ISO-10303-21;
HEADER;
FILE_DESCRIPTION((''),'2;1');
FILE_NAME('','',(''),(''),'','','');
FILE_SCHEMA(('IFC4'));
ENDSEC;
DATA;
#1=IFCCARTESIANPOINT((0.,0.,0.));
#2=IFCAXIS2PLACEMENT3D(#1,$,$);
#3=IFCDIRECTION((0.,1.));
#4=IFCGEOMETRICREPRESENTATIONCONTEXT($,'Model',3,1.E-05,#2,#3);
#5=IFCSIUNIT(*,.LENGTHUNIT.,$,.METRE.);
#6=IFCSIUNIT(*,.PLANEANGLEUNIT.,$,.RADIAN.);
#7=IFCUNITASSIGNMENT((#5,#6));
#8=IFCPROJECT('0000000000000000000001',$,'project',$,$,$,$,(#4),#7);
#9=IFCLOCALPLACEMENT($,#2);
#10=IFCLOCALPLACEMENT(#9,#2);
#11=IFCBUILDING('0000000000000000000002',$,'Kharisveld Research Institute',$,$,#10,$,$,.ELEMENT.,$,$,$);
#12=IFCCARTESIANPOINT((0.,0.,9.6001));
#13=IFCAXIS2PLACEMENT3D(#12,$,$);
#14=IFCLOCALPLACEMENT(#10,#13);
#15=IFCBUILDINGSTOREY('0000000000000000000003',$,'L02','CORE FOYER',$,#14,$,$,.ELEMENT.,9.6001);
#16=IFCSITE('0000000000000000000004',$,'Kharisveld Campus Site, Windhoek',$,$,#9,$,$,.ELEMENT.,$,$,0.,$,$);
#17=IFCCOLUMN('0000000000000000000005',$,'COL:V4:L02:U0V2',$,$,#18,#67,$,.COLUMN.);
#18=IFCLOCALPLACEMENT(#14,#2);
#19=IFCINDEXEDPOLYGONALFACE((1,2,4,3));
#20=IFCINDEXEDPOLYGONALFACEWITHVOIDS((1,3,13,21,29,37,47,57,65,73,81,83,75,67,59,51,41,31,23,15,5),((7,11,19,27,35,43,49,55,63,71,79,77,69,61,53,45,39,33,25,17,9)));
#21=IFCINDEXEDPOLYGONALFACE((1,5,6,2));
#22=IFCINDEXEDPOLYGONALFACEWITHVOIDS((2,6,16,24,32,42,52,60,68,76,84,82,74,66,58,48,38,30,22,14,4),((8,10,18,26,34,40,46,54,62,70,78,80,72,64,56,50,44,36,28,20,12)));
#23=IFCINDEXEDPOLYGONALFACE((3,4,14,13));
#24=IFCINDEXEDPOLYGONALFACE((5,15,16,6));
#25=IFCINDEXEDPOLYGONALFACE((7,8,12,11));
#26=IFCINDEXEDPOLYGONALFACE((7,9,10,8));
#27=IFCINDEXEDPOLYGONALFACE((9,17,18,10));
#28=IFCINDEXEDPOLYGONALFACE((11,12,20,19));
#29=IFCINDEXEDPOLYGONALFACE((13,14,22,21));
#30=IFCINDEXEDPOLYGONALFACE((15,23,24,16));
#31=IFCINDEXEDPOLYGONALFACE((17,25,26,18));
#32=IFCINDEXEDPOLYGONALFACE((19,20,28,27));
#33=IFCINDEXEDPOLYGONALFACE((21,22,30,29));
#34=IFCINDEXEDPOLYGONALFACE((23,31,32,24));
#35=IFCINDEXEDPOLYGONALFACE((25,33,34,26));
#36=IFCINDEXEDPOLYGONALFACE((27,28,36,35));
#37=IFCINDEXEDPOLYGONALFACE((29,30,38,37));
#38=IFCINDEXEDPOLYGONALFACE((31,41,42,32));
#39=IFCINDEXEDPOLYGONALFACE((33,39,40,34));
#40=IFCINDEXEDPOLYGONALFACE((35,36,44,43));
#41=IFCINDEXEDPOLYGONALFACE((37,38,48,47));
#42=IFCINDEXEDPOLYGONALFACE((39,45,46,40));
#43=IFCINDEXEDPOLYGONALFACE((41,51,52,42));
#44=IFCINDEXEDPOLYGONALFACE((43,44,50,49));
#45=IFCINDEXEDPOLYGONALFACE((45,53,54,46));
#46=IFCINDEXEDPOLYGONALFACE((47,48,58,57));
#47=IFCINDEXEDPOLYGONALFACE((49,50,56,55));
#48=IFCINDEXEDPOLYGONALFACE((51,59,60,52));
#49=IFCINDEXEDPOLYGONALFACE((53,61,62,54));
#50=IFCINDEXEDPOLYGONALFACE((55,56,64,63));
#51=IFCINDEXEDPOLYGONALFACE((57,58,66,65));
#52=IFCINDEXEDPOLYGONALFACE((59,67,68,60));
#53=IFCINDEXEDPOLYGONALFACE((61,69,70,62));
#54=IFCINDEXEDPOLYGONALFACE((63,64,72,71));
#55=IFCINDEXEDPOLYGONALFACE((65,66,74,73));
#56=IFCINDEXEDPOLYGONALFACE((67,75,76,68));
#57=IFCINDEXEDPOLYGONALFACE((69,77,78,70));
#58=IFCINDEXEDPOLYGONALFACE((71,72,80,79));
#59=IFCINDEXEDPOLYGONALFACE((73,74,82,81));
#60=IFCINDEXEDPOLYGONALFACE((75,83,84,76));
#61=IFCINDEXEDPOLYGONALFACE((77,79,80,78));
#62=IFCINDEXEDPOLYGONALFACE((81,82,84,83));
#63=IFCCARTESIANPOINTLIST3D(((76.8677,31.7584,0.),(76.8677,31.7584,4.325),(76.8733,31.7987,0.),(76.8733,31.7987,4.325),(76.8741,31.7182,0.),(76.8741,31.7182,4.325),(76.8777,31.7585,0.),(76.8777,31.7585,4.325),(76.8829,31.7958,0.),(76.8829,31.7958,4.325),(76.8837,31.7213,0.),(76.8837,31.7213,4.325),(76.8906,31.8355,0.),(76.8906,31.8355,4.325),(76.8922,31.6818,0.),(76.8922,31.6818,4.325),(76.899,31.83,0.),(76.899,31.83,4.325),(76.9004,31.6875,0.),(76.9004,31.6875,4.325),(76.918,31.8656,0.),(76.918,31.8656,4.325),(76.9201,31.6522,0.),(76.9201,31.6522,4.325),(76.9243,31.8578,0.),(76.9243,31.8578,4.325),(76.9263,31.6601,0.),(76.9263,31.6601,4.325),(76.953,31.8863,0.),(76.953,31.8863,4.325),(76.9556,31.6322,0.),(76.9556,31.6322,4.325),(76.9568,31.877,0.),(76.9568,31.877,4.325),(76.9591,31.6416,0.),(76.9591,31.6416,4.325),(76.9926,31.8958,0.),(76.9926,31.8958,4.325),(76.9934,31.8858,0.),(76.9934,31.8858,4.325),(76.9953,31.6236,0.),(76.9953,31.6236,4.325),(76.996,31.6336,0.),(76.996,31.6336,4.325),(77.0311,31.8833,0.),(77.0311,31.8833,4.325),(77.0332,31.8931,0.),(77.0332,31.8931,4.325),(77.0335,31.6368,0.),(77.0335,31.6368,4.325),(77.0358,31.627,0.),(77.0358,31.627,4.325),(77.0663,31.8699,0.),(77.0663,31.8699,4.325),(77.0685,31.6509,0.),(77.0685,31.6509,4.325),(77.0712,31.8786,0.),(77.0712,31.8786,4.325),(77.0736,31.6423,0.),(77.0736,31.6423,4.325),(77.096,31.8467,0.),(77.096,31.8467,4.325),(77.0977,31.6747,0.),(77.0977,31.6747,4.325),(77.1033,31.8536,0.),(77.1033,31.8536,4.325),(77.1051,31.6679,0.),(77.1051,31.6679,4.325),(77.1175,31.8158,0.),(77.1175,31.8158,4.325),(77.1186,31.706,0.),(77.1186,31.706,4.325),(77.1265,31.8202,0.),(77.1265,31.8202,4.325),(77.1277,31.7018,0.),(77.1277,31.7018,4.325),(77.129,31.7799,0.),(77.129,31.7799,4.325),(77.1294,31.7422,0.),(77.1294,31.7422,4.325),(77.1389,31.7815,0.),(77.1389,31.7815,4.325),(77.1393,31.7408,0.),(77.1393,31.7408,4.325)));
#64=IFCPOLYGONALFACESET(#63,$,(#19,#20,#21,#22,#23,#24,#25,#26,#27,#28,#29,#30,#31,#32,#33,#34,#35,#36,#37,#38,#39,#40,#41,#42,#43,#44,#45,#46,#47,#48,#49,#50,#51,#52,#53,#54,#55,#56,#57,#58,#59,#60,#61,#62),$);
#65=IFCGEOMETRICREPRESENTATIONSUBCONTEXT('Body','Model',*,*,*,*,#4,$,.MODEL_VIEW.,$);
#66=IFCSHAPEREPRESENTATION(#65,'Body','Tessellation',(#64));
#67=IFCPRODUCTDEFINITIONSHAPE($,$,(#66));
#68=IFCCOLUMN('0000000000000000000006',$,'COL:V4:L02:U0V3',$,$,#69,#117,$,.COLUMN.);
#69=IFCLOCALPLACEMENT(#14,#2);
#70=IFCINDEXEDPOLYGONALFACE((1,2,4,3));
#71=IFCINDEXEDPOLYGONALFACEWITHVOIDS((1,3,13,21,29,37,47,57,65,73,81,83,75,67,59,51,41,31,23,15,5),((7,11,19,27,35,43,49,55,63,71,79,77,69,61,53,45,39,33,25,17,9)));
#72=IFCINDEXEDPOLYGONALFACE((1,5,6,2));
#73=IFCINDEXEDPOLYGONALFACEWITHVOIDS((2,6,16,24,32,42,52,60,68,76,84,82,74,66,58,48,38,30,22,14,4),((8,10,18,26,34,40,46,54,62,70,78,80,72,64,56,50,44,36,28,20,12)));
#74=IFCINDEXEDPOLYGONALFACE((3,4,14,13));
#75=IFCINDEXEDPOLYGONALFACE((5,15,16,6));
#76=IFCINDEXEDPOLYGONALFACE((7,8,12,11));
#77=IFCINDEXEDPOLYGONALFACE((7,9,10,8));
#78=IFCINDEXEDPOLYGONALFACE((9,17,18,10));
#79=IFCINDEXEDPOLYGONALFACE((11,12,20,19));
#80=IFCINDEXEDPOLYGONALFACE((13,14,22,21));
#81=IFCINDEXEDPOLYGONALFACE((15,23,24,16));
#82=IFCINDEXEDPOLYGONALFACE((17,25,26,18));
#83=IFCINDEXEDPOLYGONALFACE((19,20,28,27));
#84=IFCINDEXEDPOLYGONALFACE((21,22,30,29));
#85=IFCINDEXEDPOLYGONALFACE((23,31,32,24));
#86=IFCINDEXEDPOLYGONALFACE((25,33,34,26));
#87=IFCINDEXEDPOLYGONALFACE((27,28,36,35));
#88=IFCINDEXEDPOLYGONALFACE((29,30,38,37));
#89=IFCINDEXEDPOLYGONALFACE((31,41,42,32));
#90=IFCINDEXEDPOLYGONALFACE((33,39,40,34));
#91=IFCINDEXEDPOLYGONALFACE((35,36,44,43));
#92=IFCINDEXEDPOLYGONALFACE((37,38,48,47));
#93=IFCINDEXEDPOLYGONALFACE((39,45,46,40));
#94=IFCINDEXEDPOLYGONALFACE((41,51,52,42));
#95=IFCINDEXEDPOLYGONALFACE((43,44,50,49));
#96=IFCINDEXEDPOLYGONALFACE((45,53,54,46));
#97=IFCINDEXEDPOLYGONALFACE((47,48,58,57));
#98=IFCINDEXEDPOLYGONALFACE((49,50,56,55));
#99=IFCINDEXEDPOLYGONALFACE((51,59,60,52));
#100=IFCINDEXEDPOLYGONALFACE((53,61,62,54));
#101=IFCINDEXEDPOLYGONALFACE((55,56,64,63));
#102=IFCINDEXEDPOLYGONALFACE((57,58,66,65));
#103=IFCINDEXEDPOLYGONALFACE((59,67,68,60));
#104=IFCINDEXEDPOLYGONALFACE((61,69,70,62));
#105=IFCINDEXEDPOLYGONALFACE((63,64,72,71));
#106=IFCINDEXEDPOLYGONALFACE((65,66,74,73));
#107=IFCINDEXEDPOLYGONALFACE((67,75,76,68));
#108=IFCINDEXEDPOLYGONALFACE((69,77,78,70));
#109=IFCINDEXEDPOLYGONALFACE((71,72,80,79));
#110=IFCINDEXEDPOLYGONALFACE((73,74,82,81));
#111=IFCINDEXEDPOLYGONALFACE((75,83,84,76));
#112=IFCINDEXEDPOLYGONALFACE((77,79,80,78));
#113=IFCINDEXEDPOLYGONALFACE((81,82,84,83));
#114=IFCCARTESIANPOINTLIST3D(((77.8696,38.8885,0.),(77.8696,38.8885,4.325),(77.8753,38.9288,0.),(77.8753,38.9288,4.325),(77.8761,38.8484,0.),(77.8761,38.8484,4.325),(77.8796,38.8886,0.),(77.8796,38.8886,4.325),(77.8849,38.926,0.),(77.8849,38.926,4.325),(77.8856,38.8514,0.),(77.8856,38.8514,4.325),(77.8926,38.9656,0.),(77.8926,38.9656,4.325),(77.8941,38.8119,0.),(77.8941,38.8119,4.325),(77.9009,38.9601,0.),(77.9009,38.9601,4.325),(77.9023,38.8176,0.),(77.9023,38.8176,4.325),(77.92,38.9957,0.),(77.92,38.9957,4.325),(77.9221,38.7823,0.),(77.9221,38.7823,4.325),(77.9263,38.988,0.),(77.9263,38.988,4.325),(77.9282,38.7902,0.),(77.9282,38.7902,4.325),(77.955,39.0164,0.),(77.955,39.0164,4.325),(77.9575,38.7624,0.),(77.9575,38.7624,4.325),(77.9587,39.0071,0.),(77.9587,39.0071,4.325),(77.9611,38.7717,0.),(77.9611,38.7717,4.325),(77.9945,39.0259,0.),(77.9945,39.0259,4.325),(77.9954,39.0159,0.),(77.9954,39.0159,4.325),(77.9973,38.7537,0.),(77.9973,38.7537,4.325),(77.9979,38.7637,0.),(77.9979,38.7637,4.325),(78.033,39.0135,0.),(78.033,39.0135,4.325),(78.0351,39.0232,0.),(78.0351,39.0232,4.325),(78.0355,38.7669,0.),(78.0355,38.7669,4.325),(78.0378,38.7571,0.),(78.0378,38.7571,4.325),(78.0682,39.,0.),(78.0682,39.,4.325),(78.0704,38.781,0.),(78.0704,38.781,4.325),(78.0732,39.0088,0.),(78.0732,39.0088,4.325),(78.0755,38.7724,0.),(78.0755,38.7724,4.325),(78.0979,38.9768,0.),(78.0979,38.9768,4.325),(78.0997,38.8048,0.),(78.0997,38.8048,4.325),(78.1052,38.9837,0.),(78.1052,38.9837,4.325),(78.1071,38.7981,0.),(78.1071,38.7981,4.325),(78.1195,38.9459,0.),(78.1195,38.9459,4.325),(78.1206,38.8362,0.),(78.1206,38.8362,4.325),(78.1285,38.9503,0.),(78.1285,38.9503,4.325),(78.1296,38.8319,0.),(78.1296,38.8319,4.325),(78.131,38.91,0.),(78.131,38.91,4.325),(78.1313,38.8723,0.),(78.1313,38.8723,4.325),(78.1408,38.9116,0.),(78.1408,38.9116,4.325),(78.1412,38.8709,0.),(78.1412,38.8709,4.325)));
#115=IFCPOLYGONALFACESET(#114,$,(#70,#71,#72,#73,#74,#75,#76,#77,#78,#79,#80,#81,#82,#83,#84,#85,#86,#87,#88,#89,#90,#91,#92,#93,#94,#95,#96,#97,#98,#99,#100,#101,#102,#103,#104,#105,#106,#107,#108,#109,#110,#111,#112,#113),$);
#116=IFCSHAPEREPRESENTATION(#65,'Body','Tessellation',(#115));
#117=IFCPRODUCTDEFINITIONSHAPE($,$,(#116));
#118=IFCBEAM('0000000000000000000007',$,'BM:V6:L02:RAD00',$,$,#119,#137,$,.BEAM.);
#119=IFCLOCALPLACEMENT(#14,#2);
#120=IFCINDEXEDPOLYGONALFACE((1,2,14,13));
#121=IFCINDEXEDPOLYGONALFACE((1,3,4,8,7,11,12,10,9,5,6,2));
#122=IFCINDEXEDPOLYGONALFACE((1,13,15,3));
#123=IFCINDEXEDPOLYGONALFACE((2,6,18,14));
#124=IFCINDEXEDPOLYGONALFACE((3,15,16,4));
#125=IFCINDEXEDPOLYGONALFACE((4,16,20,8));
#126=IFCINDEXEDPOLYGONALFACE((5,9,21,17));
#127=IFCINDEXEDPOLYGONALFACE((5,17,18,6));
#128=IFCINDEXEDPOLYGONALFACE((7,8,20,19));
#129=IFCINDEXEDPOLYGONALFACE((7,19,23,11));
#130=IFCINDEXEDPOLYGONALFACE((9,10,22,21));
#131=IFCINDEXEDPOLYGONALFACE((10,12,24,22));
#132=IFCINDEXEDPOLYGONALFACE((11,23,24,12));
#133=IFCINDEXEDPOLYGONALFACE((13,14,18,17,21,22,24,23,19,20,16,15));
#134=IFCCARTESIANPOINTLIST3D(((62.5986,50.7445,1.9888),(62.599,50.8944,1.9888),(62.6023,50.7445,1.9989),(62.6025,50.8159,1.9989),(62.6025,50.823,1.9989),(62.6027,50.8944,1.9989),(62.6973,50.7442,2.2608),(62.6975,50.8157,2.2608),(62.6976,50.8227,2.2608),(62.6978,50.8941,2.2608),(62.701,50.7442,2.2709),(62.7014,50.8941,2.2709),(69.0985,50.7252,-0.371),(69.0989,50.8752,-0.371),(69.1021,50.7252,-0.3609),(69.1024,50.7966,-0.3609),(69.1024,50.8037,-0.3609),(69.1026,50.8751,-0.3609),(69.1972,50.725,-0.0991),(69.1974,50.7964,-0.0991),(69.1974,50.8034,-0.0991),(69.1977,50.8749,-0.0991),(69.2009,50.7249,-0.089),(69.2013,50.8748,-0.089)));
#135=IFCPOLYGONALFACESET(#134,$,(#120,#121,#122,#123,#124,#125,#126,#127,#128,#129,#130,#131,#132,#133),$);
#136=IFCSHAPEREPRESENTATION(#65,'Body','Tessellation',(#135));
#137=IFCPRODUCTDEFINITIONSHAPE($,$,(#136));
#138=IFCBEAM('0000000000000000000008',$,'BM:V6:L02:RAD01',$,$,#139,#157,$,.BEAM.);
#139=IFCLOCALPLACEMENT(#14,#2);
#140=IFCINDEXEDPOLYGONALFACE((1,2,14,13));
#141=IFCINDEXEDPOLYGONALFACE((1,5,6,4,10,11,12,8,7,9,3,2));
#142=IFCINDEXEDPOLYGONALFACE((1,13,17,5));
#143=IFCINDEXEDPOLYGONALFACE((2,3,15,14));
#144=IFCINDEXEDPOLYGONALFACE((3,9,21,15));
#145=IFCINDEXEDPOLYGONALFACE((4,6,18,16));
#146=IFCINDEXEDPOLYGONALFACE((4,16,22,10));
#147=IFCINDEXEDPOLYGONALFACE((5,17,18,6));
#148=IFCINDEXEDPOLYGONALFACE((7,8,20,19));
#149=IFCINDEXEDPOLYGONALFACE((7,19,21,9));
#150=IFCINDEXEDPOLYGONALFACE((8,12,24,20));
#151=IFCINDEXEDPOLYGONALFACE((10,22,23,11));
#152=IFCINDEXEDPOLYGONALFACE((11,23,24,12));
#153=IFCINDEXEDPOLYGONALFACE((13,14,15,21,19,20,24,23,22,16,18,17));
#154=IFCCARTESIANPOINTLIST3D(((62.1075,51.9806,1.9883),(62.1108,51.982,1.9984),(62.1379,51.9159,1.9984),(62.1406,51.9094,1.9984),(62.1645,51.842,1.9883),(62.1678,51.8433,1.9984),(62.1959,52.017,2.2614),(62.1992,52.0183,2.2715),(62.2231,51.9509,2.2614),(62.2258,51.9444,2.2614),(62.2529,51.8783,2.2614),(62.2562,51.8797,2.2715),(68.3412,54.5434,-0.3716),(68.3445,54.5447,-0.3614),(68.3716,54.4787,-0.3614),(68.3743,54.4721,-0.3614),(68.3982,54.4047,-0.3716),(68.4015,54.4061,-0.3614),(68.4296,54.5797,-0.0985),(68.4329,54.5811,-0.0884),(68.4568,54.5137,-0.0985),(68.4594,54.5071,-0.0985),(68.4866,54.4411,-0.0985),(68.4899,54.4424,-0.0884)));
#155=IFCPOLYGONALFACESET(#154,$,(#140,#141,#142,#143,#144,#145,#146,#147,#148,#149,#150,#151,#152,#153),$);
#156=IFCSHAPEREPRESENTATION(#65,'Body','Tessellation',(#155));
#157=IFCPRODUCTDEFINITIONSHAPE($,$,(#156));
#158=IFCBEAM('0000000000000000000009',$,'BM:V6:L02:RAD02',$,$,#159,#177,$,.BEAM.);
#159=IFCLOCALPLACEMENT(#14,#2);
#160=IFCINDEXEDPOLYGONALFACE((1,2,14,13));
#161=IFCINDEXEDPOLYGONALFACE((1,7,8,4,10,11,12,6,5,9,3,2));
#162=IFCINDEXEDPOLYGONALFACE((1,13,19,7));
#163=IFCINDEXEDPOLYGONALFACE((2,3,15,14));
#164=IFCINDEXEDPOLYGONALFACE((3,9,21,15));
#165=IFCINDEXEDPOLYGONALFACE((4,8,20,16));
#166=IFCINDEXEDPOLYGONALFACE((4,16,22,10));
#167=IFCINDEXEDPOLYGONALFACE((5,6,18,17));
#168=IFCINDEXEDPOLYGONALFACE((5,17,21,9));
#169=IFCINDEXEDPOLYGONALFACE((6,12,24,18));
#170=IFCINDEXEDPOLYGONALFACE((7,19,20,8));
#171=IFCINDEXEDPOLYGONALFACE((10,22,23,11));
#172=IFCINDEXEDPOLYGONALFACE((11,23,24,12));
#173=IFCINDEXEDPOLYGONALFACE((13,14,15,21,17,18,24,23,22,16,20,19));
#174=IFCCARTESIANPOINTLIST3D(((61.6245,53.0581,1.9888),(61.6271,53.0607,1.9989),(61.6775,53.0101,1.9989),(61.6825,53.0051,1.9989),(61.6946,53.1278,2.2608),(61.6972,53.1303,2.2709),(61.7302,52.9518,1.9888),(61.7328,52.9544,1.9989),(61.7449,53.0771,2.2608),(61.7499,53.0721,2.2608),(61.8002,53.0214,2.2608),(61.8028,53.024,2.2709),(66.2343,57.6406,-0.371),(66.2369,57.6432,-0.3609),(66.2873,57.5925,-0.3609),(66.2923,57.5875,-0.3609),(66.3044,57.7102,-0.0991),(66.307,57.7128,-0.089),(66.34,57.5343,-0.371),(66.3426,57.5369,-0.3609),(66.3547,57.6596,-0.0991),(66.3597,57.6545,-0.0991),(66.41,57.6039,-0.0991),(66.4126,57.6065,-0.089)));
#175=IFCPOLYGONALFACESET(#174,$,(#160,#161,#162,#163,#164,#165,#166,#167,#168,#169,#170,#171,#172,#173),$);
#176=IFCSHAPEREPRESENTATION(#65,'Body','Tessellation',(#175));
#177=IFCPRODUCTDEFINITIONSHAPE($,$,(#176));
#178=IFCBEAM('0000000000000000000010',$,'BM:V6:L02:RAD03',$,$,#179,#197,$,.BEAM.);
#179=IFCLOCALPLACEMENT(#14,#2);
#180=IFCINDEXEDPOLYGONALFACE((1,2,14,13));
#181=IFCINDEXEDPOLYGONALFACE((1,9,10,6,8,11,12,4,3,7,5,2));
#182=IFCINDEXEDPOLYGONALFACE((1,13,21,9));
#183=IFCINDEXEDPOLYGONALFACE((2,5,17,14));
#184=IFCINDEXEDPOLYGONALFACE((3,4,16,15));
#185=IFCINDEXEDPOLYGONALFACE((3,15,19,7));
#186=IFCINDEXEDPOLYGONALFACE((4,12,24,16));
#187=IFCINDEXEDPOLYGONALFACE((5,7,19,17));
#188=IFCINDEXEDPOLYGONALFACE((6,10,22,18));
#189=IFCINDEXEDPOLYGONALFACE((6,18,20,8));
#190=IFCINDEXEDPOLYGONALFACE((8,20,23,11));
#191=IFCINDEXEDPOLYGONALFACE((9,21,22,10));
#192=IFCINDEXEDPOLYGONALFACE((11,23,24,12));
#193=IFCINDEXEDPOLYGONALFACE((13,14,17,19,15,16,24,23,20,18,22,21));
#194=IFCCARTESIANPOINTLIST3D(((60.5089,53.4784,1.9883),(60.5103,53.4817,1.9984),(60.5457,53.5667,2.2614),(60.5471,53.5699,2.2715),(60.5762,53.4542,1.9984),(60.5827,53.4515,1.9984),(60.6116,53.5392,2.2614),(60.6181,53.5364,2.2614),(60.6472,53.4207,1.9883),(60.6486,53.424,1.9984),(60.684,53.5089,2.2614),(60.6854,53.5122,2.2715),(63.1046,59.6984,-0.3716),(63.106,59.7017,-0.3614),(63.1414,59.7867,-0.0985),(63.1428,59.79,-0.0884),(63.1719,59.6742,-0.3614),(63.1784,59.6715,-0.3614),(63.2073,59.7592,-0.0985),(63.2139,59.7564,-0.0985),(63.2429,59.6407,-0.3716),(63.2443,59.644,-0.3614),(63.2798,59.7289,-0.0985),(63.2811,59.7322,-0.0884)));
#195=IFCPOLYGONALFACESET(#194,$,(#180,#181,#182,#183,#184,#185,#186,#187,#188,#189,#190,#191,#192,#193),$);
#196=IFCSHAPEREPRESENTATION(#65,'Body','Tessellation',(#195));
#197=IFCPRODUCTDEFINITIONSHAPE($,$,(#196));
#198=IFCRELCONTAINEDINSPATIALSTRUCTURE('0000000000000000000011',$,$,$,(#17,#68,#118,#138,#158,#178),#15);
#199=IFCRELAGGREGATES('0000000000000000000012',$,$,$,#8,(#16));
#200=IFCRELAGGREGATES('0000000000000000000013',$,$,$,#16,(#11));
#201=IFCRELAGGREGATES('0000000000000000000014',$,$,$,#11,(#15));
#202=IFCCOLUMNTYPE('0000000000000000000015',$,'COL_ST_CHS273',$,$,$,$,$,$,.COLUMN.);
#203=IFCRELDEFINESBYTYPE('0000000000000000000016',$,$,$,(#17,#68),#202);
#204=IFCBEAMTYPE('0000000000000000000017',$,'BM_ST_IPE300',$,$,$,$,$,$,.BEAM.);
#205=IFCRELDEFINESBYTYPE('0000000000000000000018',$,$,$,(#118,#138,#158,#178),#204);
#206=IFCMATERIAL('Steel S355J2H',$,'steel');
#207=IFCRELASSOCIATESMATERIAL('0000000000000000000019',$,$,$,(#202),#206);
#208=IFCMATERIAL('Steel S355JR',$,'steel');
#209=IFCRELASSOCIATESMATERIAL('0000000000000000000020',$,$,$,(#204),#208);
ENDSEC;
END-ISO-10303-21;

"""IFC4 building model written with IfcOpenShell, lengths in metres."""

from ifc_helpers import new_model, si_unit, direction, frame, origin, origin_2d, place, context, subcontext, project, spatial, hollow_circle, i_section, extrude, material, material_profile, profile_set, type_object, element, save


model = new_model("IFC4")

# Units and contexts
model_context = context("Model", 3, precision=1e-05, world=origin(), true_north=direction((0.0, 1.0)))
body_context = subcontext(model_context, "Body", "Model", "MODEL_VIEW")
ifc_project = project(units=[si_unit("LENGTHUNIT", "METRE"), si_unit("PLANEANGLEUNIT", "RADIAN")], contexts=[model_context])

# Site, building, storey
site_placement = place(None, origin())
site = spatial("IfcSite", under=ifc_project, at=site_placement, Name="Kharisveld Campus Site, Windhoek", CompositionType="ELEMENT", RefElevation=0.0)
building_placement = place(site_placement, origin())
building = spatial("IfcBuilding", under=site, at=building_placement, Name="Kharisveld Research Institute", CompositionType="ELEMENT")
storey_placement = place(building_placement, frame((0.0, 0.0, 9.6001)))
storey = spatial("IfcBuildingStorey", under=building, at=storey_placement, Name="L02", Description="CORE FOYER", CompositionType="ELEMENT", Elevation=9.6001)

# Columns
ifc_material_1 = material(Name="Steel S355J2H", Category="steel")
ifc_material_profile_1 = material_profile(ifc_material_1, hollow_circle(Radius=0.1365, WallThickness=0.01, at=origin_2d()))
ifc_profile_set_1 = profile_set([ifc_material_profile_1], Name="Steel S355J2H")
column_type = type_object("IfcColumnType", Name="COL_ST_CHS273", PredefinedType="COLUMN", material=ifc_profile_set_1)
for number, where, z_axis, x_axis, name in (
    (1, (77.0042, 31.7598, 0.0), (0.0, 0.0, 1.0), (0.990268, -0.139173, 0.0), "COL:V4:L02:U0V2"),
    (2, (78.0061, 38.8899, 0.0), (0.0, 0.0, 1.0), (0.990268, -0.139173, 0.0), "COL:V4:L02:U0V3"),
):
    element("IfcColumn", number, at=place(storey_placement, frame(where, z_axis=z_axis, x_axis=x_axis)), inside=storey, type_object=column_type, Name=name, PredefinedType="COLUMN", context=body_context, shape_type="SweptSolid", body=[
        extrude(hollow_circle(Radius=0.1365, WallThickness=0.01, at=origin_2d()), origin(), (0.0, 0.0, 1.0), 4.325),
    ])

# Beams
ifc_material_2 = material(Name="Steel S355JR", Category="steel")
ifc_material_profile_2 = material_profile(ifc_material_2, i_section(OverallWidth=0.1499, OverallDepth=0.3, WebThickness=0.0071, FlangeThickness=0.0107, at=origin_2d()))
ifc_profile_set_2 = profile_set([ifc_material_profile_2], Name="Steel S355JR")
beam_type_1 = type_object("IfcBeamType", Name="BM_ST_IPE300", PredefinedType="BEAM", material=ifc_profile_set_2)
beam_1_placement = place(storey_placement, frame((69.1499, 50.8, -0.23), z_axis=(-0.939965, 0.002789, 0.34126), x_axis=(-0.002967, -0.999996, 0.0)))
element("IfcBeam", 3, at=beam_1_placement, inside=storey, type_object=beam_type_1, Name="BM:V6:L02:RAD00", PredefinedType="BEAM", context=body_context, shape_type="SweptSolid", body=[
    extrude(i_section(OverallWidth=0.1499, OverallDepth=0.3, WebThickness=0.0071, FlangeThickness=0.0107, at=origin_2d()), origin(), (0.0, 0.0, 1.0), 6.915),
])
beam_2_placement = place(storey_placement, frame((68.4155, 54.4929, -0.23), z_axis=(-0.872928, -0.358874, 0.330463), x_axis=(0.380236, -0.92489, 0.0)))
element("IfcBeam", 4, at=beam_2_placement, inside=storey, type_object=beam_type_1, Name="BM:V6:L02:RAD01", PredefinedType="BEAM", context=body_context, shape_type="SweptSolid", body=[
    extrude(i_section(OverallWidth=0.1499, OverallDepth=0.3, WebThickness=0.0071, FlangeThickness=0.0107, at=origin_2d()), origin(), (0.0, 0.0, 1.0), 7.1411),
])
beam_3_placement = place(storey_placement, frame((66.3235, 57.6235, -0.23), z_axis=(-0.666633, -0.662678, 0.34126), x_axis=(0.705, -0.709207, 0.0)))
element("IfcBeam", 5, at=beam_3_placement, inside=storey, type_object=beam_type_1, Name="BM:V6:L02:RAD02", PredefinedType="BEAM", context=body_context, shape_type="SweptSolid", body=[
    extrude(i_section(OverallWidth=0.1499, OverallDepth=0.3, WebThickness=0.0071, FlangeThickness=0.0107, at=origin_2d()), origin(), (0.0, 0.0, 1.0), 6.915),
])
for number, where, z_axis, x_axis, name in (
    (6, (63.1929, 59.7153, -0.23), (-0.36349, -0.871016, 0.330464), (0.922864, -0.385127, 0.0), "BM:V6:L02:RAD03"),
):
    element("IfcBeam", number, at=place(storey_placement, frame(where, z_axis=z_axis, x_axis=x_axis)), inside=storey, type_object=beam_type_1, Name=name, PredefinedType="BEAM", context=body_context, shape_type="SweptSolid", body=[
        extrude(i_section(OverallWidth=0.1499, OverallDepth=0.3, WebThickness=0.0071, FlangeThickness=0.0107, at=origin_2d()), origin(), (0.0, 0.0, 1.0), 7.1411),
    ])

save(model, "model.ifc")
